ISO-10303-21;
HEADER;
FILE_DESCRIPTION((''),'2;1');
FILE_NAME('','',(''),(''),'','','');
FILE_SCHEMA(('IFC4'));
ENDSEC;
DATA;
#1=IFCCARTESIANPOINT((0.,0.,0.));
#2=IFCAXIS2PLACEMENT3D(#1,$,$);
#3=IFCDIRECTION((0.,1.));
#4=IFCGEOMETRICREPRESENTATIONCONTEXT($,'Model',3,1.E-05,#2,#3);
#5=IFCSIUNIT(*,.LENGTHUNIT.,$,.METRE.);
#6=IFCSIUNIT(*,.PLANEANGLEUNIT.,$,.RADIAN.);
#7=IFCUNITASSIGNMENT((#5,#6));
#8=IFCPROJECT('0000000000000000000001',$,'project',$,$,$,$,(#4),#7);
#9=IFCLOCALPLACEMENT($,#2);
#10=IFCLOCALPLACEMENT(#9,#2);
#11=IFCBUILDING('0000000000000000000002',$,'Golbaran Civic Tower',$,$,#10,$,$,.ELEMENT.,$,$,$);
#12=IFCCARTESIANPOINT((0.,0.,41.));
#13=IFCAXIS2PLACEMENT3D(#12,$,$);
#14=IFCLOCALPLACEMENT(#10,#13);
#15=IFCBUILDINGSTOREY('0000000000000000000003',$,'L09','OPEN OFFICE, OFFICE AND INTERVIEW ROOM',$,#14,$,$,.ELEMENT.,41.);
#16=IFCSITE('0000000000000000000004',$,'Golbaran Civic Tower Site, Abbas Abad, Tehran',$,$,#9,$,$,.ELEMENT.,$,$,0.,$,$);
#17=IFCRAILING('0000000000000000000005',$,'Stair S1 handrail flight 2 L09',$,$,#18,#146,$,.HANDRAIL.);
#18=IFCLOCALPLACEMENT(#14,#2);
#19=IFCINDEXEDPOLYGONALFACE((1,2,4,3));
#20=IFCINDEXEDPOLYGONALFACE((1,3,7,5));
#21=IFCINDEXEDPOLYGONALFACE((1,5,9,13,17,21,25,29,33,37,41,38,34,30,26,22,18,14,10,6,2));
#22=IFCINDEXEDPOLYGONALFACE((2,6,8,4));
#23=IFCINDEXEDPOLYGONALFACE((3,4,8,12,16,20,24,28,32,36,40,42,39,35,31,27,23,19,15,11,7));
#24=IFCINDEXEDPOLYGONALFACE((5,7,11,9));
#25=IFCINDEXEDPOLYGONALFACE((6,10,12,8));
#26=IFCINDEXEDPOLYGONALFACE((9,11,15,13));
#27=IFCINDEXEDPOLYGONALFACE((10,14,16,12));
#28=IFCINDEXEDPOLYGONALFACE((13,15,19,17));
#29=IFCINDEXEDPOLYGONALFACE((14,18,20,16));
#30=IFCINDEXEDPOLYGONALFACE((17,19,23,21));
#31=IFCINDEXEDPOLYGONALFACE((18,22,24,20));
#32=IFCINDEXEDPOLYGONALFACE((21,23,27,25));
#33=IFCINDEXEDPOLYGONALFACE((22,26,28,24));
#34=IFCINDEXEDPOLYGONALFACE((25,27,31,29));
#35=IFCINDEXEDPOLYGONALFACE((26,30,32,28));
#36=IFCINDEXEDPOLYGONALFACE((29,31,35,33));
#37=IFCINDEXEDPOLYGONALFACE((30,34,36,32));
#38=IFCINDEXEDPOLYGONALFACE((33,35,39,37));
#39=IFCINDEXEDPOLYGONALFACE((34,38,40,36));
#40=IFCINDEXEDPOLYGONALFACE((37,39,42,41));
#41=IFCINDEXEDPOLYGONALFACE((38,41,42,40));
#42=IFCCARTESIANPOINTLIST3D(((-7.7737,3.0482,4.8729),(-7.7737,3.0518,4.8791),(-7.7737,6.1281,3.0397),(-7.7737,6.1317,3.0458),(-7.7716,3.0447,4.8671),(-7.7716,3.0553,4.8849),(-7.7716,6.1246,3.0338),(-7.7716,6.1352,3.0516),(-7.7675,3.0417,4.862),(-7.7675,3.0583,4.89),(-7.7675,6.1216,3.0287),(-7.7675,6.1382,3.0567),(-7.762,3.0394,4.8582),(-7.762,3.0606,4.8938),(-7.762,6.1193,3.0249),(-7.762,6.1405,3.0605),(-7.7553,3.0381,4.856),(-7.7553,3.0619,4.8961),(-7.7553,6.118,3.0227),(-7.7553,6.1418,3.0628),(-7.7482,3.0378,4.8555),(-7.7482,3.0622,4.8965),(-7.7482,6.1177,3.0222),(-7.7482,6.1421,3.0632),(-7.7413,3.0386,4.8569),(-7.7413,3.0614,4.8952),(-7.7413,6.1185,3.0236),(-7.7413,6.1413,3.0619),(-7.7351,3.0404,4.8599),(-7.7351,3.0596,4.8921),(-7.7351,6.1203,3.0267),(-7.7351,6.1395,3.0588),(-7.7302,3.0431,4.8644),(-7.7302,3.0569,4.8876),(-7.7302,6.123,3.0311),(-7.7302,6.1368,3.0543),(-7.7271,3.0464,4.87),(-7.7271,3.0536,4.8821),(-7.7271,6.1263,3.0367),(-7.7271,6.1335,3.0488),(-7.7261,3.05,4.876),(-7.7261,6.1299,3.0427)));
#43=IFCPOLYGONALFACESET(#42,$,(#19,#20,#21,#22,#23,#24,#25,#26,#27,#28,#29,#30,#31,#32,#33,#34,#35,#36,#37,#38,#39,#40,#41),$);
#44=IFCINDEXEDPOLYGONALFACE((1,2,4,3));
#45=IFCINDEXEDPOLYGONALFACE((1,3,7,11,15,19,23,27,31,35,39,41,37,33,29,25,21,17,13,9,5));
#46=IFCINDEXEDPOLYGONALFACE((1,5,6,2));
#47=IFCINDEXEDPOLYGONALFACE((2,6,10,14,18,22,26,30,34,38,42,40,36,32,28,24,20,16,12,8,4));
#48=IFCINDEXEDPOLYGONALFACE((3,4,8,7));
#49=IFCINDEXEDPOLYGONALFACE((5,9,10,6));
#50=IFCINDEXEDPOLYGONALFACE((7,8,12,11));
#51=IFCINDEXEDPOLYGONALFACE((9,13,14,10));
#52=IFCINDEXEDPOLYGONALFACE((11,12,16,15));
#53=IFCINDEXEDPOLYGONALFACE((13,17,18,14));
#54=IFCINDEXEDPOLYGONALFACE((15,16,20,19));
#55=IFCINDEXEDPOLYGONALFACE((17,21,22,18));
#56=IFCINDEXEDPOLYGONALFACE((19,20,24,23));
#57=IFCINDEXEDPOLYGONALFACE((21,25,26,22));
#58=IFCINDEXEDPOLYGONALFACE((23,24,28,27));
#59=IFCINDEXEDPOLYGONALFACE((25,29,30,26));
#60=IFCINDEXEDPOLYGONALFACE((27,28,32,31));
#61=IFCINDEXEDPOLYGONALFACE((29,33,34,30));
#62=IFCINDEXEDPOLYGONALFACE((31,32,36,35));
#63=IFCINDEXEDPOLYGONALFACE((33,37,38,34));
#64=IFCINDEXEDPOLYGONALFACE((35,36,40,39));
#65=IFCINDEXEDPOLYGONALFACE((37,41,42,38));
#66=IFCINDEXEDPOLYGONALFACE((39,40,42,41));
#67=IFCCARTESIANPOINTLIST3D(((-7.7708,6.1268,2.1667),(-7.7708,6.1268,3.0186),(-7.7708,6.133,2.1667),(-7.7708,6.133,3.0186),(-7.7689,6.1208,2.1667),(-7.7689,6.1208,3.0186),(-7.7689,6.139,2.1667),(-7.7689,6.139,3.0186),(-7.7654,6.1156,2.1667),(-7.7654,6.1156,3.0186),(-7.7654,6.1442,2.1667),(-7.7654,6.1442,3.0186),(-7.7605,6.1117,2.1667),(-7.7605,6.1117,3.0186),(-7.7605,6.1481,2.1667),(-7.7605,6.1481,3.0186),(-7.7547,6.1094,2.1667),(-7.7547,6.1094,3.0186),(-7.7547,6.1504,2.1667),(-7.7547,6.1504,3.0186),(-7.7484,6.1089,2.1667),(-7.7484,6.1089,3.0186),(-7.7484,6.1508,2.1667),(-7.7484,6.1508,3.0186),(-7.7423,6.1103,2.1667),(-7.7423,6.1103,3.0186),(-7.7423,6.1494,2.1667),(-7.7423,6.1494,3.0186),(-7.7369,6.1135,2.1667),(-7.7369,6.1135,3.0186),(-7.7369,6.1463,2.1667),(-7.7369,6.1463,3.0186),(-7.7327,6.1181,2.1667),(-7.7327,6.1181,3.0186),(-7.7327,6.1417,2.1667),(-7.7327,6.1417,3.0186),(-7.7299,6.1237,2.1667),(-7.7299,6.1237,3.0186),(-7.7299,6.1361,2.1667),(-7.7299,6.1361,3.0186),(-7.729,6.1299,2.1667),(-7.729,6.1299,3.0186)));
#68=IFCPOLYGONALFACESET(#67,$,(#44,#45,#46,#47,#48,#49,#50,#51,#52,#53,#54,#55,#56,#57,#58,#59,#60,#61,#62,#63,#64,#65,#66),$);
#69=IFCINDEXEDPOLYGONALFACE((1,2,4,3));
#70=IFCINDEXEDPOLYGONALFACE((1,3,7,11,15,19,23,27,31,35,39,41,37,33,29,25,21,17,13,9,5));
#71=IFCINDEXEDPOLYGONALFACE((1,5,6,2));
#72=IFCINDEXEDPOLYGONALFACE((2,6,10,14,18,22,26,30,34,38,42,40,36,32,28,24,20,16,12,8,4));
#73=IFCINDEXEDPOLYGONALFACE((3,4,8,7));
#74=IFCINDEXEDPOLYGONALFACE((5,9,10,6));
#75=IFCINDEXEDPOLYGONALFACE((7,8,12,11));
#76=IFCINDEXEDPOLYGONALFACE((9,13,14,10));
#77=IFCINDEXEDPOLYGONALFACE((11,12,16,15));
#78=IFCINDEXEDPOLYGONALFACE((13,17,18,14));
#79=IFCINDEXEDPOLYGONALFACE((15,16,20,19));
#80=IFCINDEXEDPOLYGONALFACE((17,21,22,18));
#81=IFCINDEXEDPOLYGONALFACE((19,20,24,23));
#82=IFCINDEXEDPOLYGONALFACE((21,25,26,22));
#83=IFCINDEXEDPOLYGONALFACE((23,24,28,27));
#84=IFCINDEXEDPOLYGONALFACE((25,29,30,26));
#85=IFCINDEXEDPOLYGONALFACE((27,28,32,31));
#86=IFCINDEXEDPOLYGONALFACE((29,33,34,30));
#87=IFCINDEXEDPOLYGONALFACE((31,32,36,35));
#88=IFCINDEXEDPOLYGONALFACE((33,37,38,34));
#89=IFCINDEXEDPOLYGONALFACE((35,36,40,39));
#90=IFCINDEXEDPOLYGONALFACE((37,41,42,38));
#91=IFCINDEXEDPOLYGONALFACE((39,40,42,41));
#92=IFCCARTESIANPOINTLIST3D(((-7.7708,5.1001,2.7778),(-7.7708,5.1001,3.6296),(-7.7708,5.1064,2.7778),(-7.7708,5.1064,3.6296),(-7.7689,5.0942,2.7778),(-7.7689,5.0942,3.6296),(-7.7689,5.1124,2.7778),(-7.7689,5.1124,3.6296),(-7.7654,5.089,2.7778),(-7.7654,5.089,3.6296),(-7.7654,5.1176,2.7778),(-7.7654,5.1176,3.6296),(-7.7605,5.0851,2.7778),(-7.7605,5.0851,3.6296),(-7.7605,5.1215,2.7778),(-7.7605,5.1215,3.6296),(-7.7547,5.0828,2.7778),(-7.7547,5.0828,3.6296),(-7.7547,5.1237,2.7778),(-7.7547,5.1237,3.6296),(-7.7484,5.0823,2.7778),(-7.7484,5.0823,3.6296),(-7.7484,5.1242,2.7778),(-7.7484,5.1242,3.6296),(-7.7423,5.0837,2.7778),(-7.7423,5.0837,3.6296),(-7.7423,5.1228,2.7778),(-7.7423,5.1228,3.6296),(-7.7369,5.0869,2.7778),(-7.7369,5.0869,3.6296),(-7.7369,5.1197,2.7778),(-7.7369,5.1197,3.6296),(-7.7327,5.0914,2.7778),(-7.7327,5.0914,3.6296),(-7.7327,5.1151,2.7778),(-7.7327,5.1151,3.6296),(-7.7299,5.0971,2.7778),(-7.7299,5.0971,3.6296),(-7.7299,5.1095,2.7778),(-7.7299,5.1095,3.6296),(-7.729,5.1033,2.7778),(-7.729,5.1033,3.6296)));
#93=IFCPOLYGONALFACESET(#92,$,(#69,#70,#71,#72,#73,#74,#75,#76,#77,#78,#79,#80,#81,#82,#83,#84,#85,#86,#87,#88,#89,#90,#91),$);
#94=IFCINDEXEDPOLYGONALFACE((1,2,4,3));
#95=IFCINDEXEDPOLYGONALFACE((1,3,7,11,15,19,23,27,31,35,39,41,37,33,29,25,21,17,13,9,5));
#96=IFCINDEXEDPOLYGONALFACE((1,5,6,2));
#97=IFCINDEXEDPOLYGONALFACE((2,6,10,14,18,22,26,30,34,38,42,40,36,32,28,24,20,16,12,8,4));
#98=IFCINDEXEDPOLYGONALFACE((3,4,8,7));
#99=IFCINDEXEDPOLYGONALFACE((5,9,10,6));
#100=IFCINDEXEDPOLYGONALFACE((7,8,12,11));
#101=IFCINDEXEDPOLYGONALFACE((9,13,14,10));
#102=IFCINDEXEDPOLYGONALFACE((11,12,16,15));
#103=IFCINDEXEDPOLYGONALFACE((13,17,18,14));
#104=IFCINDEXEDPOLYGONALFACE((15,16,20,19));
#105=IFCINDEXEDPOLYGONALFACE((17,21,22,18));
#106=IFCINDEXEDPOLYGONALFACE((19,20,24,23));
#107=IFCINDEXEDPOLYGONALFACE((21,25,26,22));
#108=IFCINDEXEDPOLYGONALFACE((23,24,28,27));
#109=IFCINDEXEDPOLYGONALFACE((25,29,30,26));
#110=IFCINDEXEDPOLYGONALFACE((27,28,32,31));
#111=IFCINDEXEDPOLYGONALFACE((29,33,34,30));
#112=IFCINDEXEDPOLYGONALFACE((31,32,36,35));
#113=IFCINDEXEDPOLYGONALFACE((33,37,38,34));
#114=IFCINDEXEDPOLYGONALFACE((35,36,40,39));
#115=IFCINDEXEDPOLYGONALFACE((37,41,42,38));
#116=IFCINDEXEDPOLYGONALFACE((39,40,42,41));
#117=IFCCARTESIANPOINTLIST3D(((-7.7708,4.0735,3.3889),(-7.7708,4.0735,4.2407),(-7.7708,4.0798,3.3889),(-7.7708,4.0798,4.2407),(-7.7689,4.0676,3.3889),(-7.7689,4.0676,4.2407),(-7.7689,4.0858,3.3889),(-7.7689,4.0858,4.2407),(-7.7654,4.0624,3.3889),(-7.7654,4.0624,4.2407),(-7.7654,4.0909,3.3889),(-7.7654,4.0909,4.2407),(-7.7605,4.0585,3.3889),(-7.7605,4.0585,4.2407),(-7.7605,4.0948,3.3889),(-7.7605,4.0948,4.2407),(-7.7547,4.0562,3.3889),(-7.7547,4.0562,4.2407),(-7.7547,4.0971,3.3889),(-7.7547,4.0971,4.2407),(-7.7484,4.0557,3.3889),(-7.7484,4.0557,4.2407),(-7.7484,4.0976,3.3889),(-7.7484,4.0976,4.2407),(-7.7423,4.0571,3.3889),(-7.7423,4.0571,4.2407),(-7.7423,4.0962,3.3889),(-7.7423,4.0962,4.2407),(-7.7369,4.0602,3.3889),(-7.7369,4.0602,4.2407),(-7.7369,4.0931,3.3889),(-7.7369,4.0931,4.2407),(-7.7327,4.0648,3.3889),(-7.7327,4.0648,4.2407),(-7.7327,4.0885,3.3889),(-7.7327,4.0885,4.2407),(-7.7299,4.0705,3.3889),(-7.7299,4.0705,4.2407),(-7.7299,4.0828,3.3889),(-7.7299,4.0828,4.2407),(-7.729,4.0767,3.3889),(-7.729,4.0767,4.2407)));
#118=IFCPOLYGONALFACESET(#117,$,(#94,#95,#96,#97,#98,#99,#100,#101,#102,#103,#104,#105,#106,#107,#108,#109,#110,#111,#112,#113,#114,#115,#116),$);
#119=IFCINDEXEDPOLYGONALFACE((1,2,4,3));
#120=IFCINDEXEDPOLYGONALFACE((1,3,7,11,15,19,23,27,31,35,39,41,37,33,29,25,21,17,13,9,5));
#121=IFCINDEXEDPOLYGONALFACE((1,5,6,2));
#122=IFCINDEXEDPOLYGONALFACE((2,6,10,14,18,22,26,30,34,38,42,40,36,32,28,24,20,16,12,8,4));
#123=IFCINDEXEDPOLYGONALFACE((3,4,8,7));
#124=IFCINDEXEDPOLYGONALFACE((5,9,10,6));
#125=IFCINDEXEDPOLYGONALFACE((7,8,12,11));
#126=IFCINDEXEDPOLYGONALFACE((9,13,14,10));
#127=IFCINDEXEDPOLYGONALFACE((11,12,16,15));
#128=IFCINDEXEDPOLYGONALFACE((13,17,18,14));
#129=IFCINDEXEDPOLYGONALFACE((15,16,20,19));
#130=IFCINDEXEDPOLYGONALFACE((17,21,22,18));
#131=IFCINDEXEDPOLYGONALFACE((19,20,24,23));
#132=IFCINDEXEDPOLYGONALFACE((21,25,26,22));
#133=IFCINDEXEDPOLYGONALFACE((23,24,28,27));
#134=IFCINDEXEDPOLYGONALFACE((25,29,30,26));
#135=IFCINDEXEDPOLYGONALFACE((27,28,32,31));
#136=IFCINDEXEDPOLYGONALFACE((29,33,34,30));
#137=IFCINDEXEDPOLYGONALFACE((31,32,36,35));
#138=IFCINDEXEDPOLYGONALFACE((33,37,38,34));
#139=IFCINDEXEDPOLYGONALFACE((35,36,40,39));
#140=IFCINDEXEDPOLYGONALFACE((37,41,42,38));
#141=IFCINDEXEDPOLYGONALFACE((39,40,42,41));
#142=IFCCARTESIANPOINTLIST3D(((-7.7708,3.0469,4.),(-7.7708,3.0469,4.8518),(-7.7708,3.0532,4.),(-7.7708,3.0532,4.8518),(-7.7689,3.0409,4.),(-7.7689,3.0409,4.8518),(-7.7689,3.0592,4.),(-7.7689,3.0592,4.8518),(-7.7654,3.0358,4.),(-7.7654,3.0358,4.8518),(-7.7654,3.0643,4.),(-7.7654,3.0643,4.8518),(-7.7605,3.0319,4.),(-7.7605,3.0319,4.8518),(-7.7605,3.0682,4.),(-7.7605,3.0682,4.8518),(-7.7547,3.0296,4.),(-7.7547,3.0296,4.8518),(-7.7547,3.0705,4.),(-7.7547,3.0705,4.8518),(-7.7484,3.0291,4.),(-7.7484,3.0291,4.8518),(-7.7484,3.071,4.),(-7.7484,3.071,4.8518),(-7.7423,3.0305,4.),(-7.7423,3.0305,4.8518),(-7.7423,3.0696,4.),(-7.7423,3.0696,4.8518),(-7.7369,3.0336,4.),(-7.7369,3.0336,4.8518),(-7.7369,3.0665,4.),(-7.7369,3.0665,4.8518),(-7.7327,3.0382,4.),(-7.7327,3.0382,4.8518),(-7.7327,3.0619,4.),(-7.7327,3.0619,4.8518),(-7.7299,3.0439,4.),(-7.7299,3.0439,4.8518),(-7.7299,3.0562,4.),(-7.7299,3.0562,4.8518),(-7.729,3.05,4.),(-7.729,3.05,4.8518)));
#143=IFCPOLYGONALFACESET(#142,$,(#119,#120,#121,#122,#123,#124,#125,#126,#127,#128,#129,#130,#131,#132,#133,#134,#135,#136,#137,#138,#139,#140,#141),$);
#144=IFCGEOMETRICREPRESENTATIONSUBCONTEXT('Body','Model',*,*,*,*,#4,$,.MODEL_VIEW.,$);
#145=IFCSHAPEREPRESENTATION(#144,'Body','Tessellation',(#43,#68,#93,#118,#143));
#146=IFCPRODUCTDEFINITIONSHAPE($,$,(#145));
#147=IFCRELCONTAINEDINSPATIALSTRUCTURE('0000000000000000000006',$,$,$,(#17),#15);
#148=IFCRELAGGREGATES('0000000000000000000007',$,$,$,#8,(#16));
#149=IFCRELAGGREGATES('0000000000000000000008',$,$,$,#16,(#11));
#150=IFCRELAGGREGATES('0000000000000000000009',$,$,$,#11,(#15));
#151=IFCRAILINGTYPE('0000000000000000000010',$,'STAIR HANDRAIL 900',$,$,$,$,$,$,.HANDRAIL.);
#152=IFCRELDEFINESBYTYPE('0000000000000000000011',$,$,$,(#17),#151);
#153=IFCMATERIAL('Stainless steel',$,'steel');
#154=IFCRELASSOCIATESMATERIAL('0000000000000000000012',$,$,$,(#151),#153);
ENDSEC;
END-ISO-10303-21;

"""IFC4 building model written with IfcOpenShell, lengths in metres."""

from ifc_helpers import new_model, si_unit, direction, frame, origin, origin_2d, place, context, subcontext, project, spatial, circle, extrude, material, type_object, element, save


model = new_model("IFC4")

# Units and contexts
model_context = context("Model", 3, precision=1e-05, world=origin(), true_north=direction((0.0, 1.0)))
body_context = subcontext(model_context, "Body", "Model", "MODEL_VIEW")
ifc_project = project(units=[si_unit("LENGTHUNIT", "METRE"), si_unit("PLANEANGLEUNIT", "RADIAN")], contexts=[model_context])

# Site, building, storey
site_placement = place(None, origin())
site = spatial("IfcSite", under=ifc_project, at=site_placement, Name="Golbaran Civic Tower Site, Abbas Abad, Tehran", CompositionType="ELEMENT", RefElevation=0.0)
building_placement = place(site_placement, origin())
building = spatial("IfcBuilding", under=site, at=building_placement, Name="Golbaran Civic Tower", CompositionType="ELEMENT")
storey_placement = place(building_placement, frame((0.0, 0.0, 41.0)))
storey = spatial("IfcBuildingStorey", under=building, at=storey_placement, Name="L09", Description="OPEN OFFICE, OFFICE AND INTERVIEW ROOM", CompositionType="ELEMENT", Elevation=41.0)

# Shared definitions
ifc_material_1 = material(Name="Stainless steel", Category="steel")

# Railing
railing_type = type_object("IfcRailingType", Name="STAIR HANDRAIL 900", PredefinedType="HANDRAIL", material=ifc_material_1)
railing_1_placement = place(storey_placement, frame((-7.75, 6.1299, 2.1667)))
element("IfcRailing", 1, at=railing_1_placement, inside=storey, type_object=railing_type, Name="Stair S1 handrail flight 2 L09", PredefinedType="HANDRAIL", context=body_context, shape_type="SweptSolid", body=[
    extrude(circle(Radius=0.0239, at=origin_2d()), frame((0.0, 0.0, 0.876), z_axis=(0.0, -0.859291, 0.511487), x_axis=(1.0, 0.0, 0.0)), (0.0, 0.0, 1.0), 3.5842),
    extrude(circle(Radius=0.021, at=origin_2d()), origin(), (0.0, 0.0, 1.0), 0.8518),
    extrude(circle(Radius=0.021, at=origin_2d()), frame((0.0, -1.0266, 0.6111)), (0.0, 0.0, 1.0), 0.8518),
    extrude(circle(Radius=0.021, at=origin_2d()), frame((0.0, -2.0532, 1.2222)), (0.0, 0.0, 1.0), 0.8518),
    extrude(circle(Radius=0.021, at=origin_2d()), frame((0.0, -3.0798, 1.8333)), (0.0, 0.0, 1.0), 0.8518),
])

save(model, "model.ifc")
